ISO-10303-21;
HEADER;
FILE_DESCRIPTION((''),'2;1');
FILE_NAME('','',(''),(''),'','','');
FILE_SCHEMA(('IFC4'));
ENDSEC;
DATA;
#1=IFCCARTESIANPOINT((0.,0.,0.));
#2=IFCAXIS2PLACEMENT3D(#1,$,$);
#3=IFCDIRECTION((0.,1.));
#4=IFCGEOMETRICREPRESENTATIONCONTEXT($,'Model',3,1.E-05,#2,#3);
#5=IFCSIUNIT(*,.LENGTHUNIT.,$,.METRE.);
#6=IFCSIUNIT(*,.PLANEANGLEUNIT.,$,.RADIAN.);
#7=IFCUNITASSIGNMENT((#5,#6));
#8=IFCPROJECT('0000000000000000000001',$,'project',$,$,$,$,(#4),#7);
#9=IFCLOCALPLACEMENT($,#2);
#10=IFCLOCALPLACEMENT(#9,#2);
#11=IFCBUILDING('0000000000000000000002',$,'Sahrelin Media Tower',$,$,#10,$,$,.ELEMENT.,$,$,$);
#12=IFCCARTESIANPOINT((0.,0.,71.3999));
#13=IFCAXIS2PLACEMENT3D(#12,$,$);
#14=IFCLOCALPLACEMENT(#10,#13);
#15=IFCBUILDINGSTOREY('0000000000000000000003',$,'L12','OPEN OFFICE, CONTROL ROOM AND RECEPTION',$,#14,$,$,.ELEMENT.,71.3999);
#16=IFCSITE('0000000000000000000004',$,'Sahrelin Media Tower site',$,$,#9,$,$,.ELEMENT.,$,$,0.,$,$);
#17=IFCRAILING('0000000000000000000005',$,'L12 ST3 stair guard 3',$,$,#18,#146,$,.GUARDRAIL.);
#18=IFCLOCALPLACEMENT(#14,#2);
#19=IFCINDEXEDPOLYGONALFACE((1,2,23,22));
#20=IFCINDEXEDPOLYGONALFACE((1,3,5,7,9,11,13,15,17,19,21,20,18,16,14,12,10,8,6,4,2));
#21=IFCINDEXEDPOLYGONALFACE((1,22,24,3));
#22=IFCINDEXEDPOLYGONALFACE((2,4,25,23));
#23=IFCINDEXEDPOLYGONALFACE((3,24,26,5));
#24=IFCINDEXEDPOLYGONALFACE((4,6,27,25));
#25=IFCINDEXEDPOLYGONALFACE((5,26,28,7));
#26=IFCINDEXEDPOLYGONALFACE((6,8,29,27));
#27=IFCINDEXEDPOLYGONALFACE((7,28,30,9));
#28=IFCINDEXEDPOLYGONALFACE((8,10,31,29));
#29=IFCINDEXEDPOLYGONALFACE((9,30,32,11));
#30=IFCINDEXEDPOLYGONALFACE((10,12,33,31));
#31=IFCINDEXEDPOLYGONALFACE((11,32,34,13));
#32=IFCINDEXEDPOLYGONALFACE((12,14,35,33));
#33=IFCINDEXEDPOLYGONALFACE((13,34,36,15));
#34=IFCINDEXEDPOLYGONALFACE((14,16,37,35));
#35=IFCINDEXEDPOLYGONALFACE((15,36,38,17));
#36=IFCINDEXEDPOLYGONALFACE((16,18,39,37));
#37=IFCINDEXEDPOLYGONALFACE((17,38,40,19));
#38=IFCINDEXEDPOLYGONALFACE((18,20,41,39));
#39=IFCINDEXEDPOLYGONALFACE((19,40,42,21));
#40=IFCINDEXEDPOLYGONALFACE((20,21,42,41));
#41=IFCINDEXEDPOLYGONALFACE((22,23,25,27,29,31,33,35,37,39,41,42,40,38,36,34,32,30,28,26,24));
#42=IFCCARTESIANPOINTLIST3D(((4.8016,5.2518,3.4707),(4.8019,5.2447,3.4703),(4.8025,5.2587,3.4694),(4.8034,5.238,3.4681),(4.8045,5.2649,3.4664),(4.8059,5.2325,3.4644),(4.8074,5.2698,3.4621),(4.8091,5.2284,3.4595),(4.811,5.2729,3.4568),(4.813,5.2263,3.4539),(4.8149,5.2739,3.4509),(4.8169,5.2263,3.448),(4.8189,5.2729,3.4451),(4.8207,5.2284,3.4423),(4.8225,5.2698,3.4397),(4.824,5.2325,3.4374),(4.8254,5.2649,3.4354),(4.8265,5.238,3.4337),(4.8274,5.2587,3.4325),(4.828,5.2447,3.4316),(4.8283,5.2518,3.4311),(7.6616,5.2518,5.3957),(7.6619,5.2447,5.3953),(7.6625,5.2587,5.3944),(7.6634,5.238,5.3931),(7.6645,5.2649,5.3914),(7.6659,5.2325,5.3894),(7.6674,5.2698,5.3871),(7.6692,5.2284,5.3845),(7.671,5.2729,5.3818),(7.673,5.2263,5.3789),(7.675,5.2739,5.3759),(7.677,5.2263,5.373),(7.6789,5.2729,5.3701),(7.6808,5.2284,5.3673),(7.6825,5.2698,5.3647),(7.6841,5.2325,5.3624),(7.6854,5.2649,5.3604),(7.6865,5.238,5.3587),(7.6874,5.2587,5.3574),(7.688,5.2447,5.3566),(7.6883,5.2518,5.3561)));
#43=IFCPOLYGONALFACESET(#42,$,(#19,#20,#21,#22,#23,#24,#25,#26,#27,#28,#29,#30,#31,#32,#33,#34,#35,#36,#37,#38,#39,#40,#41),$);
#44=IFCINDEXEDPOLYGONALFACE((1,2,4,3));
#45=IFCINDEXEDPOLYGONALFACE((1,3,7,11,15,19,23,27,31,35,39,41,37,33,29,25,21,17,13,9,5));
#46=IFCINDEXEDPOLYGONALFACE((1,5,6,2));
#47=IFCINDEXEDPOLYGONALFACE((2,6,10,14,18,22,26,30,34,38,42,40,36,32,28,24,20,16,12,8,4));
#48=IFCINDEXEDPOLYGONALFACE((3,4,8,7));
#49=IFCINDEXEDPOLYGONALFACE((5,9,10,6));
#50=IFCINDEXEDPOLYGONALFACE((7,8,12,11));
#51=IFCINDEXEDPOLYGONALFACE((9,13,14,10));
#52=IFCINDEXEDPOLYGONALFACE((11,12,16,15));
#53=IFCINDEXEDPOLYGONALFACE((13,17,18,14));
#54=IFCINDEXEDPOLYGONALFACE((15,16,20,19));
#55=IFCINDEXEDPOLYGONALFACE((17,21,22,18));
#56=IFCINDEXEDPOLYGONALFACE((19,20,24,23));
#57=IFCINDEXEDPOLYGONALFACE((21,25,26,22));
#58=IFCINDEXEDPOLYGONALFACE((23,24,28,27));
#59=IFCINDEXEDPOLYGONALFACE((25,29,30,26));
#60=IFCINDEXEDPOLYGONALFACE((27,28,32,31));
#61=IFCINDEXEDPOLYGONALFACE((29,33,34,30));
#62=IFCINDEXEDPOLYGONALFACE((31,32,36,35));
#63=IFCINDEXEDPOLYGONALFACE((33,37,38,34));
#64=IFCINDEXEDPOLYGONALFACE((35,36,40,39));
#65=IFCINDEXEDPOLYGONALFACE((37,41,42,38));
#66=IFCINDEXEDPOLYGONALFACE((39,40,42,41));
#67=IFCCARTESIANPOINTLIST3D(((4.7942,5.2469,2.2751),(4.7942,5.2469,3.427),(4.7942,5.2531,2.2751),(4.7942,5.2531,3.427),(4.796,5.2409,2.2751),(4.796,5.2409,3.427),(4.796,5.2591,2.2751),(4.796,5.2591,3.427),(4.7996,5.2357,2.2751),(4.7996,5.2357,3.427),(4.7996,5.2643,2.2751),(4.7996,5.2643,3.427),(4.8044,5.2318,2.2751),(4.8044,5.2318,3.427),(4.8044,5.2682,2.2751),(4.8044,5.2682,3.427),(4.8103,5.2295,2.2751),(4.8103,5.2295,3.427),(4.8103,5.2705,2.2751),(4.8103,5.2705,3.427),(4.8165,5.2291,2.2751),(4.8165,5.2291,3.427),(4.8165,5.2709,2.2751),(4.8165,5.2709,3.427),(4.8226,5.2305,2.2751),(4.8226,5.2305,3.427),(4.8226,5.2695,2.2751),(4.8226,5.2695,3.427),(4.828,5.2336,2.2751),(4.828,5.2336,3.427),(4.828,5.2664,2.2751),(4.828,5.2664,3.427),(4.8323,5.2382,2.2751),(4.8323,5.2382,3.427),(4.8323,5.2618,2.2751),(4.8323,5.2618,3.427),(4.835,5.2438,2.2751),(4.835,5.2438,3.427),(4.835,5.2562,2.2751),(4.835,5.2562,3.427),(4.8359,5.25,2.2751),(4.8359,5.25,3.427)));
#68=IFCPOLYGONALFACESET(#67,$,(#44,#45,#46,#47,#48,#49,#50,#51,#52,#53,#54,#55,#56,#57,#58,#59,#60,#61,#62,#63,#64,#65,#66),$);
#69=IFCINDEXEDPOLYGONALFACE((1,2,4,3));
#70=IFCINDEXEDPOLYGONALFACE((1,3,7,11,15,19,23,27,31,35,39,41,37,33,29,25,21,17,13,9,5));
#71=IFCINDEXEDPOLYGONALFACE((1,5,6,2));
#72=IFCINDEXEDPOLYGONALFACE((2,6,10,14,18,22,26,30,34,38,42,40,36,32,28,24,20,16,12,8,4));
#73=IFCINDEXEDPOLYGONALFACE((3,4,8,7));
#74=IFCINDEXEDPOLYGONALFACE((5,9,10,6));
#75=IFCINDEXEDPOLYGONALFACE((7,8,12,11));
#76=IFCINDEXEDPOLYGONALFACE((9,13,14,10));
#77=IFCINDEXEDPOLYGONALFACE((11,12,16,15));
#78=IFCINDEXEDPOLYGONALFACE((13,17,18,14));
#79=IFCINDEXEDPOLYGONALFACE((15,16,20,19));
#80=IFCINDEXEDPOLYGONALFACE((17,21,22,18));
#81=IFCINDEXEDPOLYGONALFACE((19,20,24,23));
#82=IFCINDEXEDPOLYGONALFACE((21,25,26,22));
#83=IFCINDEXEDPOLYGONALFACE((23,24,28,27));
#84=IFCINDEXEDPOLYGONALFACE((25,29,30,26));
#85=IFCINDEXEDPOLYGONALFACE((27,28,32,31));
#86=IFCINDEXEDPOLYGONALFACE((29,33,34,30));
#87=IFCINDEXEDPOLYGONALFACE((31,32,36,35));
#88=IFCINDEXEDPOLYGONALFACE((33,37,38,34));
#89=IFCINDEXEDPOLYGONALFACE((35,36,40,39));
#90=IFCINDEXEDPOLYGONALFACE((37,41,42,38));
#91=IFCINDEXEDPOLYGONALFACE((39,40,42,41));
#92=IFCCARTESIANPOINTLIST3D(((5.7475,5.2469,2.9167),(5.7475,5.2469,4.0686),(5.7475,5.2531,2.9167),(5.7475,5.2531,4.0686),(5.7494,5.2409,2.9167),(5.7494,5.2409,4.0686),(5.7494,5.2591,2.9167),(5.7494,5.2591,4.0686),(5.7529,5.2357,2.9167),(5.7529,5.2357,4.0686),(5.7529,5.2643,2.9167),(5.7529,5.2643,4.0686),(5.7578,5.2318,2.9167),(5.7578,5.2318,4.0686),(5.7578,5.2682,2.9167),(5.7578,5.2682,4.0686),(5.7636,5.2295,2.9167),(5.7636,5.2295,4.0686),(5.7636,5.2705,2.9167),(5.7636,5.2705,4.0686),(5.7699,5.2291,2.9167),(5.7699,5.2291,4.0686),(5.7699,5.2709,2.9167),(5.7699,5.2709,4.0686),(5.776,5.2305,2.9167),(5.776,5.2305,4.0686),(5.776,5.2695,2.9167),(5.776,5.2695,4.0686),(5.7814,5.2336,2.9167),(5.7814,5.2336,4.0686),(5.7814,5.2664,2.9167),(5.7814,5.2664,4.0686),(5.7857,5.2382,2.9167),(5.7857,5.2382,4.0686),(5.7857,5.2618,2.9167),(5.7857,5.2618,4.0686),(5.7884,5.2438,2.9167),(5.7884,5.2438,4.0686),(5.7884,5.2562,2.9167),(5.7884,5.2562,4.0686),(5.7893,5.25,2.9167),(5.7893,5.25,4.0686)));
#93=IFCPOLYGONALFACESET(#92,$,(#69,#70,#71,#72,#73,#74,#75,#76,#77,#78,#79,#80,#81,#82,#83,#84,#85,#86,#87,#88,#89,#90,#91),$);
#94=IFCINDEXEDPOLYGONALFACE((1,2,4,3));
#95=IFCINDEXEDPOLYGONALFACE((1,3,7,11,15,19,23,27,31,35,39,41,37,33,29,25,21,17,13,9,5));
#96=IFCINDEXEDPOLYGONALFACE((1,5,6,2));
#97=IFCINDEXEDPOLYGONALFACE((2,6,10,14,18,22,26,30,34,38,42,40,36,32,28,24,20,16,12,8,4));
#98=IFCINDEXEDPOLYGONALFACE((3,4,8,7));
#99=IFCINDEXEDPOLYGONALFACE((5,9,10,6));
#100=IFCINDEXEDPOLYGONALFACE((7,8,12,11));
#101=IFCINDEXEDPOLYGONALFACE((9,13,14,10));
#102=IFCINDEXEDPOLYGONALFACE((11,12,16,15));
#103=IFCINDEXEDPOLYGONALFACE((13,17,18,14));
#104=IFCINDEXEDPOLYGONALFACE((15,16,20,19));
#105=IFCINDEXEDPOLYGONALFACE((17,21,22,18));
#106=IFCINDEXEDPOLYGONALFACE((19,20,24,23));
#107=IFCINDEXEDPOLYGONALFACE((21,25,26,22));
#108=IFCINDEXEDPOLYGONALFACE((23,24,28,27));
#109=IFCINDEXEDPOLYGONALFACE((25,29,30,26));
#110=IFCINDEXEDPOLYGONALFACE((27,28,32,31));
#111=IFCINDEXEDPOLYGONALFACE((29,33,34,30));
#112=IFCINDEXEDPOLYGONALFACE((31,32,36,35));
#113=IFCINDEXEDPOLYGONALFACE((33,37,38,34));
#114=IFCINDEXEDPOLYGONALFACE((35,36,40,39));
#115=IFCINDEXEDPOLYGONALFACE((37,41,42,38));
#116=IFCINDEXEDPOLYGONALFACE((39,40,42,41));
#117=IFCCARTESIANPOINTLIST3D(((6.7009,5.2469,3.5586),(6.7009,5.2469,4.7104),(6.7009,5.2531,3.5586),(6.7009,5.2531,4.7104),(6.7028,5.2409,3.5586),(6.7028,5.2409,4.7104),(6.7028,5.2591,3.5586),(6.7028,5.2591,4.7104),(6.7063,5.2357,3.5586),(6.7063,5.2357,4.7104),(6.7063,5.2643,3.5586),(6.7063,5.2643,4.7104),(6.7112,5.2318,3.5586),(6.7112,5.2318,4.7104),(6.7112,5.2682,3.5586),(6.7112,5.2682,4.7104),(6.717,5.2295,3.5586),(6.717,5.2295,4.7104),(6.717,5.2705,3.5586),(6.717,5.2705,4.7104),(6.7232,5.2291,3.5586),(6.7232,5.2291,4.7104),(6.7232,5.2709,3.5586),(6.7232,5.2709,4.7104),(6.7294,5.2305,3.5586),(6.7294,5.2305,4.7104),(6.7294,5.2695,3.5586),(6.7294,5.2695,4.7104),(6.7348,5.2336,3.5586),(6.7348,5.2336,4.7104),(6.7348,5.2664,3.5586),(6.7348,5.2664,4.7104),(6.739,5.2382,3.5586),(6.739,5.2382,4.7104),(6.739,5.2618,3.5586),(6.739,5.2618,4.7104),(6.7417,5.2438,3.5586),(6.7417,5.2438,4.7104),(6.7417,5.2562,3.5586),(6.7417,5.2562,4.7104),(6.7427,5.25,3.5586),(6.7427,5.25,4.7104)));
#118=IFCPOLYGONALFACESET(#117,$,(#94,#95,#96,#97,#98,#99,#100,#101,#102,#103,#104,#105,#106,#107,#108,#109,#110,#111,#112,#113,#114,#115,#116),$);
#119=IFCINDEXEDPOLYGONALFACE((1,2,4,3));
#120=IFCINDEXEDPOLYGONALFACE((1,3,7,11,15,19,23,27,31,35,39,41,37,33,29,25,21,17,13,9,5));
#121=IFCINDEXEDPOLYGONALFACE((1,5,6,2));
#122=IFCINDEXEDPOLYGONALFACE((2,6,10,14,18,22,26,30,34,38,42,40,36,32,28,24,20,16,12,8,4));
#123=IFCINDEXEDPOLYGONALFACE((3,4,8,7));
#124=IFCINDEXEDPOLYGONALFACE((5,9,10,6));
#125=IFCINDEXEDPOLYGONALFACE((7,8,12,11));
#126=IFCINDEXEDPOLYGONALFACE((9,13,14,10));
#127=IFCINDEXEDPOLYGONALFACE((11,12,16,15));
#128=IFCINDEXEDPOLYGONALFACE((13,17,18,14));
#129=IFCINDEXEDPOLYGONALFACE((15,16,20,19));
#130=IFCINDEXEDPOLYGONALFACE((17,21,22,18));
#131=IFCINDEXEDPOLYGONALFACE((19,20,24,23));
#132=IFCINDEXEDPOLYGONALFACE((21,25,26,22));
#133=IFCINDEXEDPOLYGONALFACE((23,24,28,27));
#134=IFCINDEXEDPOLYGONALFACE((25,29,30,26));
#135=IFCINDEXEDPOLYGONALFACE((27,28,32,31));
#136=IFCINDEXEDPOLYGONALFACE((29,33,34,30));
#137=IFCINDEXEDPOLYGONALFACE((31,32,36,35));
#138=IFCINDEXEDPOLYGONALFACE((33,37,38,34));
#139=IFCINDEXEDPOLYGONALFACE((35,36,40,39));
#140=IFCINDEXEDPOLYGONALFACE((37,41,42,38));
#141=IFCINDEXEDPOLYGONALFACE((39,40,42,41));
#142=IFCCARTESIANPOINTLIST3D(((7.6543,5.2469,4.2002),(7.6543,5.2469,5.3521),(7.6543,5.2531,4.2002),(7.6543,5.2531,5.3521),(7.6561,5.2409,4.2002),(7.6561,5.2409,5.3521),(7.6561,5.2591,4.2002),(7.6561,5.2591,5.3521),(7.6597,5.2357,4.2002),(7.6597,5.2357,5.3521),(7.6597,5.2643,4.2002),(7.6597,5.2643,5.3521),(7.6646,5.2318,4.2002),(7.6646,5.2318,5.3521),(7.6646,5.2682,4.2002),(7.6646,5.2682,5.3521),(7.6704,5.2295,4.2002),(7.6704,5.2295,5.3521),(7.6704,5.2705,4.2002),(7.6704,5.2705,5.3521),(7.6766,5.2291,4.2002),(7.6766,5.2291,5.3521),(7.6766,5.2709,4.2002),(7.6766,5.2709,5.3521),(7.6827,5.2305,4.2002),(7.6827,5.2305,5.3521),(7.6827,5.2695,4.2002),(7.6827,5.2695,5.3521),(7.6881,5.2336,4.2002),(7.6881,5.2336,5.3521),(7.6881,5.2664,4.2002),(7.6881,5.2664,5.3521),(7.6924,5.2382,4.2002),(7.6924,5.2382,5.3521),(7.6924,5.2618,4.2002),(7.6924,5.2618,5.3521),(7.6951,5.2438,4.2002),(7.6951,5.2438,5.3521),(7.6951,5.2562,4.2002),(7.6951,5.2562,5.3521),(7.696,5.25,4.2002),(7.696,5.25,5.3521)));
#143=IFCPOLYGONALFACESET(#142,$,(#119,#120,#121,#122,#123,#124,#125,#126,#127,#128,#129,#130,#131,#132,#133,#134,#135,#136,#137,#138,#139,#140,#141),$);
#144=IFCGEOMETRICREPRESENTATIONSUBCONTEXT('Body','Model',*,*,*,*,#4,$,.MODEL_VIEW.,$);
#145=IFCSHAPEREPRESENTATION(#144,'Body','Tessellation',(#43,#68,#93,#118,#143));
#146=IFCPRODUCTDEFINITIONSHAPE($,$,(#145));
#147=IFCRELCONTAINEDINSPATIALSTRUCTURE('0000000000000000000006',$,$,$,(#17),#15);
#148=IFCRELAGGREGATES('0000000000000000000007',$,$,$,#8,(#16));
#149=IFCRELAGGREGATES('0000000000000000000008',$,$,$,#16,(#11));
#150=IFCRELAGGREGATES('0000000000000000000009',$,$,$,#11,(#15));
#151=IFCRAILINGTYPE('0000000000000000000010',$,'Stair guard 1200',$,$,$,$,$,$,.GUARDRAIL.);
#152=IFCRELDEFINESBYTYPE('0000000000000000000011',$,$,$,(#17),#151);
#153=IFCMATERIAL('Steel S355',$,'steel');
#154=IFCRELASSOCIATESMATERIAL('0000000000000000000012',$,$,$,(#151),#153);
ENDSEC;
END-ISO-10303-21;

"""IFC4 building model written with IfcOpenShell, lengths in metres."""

from ifc_helpers import new_model, si_unit, direction, frame, origin, origin_2d, place, context, subcontext, project, spatial, circle, extrude, material, type_object, element, save


model = new_model("IFC4")

# Units and contexts
model_context = context("Model", 3, precision=1e-05, world=origin(), true_north=direction((0.0, 1.0)))
body_context = subcontext(model_context, "Body", "Model", "MODEL_VIEW")
ifc_project = project(units=[si_unit("LENGTHUNIT", "METRE"), si_unit("PLANEANGLEUNIT", "RADIAN")], contexts=[model_context])

# Site, building, storey
site_placement = place(None, origin())
site = spatial("IfcSite", under=ifc_project, at=site_placement, Name="Sahrelin Media Tower site", CompositionType="ELEMENT", RefElevation=0.0)
building_placement = place(site_placement, origin())
building = spatial("IfcBuilding", under=site, at=building_placement, Name="Sahrelin Media Tower", CompositionType="ELEMENT")
storey_placement = place(building_placement, frame((0.0, 0.0, 71.3999)))
storey = spatial("IfcBuildingStorey", under=building, at=storey_placement, Name="L12", Description="OPEN OFFICE, CONTROL ROOM AND RECEPTION", CompositionType="ELEMENT", Elevation=71.3999)

# Railing
ifc_material_1 = material(Name="Steel S355", Category="steel")
railing_type_1 = type_object("IfcRailingType", Name="Stair guard 1200", PredefinedType="GUARDRAIL", material=ifc_material_1)
railing_1_placement = place(storey_placement, frame((4.8149, 5.25, 2.2751)))
element("IfcRailing", 1, at=railing_1_placement, inside=storey, type_object=railing_type_1, Name="L12 ST3 stair guard 3", PredefinedType="GUARDRAIL", context=body_context, shape_type="SweptSolid", body=[
    extrude(circle(Radius=0.0239, at=origin_2d()), frame((0.0, 0.0, 1.1758), z_axis=(0.829591, 0.0, 0.558372), x_axis=(0.0, 1.0, 0.0)), (0.0, 0.0, 1.0), 3.4475),
    extrude(circle(Radius=0.021, at=origin_2d()), origin(), (0.0, 0.0, 1.0), 1.1519),
    extrude(circle(Radius=0.021, at=origin_2d()), frame((0.9534, 0.0, 0.6416)), (0.0, 0.0, 1.0), 1.1519),
    extrude(circle(Radius=0.021, at=origin_2d()), frame((1.9067, 0.0, 1.2834)), (0.0, 0.0, 1.0), 1.1519),
    extrude(circle(Radius=0.021, at=origin_2d()), frame((2.8601, 0.0, 1.925)), (0.0, 0.0, 1.0), 1.1519),
])

save(model, "model.ifc")
